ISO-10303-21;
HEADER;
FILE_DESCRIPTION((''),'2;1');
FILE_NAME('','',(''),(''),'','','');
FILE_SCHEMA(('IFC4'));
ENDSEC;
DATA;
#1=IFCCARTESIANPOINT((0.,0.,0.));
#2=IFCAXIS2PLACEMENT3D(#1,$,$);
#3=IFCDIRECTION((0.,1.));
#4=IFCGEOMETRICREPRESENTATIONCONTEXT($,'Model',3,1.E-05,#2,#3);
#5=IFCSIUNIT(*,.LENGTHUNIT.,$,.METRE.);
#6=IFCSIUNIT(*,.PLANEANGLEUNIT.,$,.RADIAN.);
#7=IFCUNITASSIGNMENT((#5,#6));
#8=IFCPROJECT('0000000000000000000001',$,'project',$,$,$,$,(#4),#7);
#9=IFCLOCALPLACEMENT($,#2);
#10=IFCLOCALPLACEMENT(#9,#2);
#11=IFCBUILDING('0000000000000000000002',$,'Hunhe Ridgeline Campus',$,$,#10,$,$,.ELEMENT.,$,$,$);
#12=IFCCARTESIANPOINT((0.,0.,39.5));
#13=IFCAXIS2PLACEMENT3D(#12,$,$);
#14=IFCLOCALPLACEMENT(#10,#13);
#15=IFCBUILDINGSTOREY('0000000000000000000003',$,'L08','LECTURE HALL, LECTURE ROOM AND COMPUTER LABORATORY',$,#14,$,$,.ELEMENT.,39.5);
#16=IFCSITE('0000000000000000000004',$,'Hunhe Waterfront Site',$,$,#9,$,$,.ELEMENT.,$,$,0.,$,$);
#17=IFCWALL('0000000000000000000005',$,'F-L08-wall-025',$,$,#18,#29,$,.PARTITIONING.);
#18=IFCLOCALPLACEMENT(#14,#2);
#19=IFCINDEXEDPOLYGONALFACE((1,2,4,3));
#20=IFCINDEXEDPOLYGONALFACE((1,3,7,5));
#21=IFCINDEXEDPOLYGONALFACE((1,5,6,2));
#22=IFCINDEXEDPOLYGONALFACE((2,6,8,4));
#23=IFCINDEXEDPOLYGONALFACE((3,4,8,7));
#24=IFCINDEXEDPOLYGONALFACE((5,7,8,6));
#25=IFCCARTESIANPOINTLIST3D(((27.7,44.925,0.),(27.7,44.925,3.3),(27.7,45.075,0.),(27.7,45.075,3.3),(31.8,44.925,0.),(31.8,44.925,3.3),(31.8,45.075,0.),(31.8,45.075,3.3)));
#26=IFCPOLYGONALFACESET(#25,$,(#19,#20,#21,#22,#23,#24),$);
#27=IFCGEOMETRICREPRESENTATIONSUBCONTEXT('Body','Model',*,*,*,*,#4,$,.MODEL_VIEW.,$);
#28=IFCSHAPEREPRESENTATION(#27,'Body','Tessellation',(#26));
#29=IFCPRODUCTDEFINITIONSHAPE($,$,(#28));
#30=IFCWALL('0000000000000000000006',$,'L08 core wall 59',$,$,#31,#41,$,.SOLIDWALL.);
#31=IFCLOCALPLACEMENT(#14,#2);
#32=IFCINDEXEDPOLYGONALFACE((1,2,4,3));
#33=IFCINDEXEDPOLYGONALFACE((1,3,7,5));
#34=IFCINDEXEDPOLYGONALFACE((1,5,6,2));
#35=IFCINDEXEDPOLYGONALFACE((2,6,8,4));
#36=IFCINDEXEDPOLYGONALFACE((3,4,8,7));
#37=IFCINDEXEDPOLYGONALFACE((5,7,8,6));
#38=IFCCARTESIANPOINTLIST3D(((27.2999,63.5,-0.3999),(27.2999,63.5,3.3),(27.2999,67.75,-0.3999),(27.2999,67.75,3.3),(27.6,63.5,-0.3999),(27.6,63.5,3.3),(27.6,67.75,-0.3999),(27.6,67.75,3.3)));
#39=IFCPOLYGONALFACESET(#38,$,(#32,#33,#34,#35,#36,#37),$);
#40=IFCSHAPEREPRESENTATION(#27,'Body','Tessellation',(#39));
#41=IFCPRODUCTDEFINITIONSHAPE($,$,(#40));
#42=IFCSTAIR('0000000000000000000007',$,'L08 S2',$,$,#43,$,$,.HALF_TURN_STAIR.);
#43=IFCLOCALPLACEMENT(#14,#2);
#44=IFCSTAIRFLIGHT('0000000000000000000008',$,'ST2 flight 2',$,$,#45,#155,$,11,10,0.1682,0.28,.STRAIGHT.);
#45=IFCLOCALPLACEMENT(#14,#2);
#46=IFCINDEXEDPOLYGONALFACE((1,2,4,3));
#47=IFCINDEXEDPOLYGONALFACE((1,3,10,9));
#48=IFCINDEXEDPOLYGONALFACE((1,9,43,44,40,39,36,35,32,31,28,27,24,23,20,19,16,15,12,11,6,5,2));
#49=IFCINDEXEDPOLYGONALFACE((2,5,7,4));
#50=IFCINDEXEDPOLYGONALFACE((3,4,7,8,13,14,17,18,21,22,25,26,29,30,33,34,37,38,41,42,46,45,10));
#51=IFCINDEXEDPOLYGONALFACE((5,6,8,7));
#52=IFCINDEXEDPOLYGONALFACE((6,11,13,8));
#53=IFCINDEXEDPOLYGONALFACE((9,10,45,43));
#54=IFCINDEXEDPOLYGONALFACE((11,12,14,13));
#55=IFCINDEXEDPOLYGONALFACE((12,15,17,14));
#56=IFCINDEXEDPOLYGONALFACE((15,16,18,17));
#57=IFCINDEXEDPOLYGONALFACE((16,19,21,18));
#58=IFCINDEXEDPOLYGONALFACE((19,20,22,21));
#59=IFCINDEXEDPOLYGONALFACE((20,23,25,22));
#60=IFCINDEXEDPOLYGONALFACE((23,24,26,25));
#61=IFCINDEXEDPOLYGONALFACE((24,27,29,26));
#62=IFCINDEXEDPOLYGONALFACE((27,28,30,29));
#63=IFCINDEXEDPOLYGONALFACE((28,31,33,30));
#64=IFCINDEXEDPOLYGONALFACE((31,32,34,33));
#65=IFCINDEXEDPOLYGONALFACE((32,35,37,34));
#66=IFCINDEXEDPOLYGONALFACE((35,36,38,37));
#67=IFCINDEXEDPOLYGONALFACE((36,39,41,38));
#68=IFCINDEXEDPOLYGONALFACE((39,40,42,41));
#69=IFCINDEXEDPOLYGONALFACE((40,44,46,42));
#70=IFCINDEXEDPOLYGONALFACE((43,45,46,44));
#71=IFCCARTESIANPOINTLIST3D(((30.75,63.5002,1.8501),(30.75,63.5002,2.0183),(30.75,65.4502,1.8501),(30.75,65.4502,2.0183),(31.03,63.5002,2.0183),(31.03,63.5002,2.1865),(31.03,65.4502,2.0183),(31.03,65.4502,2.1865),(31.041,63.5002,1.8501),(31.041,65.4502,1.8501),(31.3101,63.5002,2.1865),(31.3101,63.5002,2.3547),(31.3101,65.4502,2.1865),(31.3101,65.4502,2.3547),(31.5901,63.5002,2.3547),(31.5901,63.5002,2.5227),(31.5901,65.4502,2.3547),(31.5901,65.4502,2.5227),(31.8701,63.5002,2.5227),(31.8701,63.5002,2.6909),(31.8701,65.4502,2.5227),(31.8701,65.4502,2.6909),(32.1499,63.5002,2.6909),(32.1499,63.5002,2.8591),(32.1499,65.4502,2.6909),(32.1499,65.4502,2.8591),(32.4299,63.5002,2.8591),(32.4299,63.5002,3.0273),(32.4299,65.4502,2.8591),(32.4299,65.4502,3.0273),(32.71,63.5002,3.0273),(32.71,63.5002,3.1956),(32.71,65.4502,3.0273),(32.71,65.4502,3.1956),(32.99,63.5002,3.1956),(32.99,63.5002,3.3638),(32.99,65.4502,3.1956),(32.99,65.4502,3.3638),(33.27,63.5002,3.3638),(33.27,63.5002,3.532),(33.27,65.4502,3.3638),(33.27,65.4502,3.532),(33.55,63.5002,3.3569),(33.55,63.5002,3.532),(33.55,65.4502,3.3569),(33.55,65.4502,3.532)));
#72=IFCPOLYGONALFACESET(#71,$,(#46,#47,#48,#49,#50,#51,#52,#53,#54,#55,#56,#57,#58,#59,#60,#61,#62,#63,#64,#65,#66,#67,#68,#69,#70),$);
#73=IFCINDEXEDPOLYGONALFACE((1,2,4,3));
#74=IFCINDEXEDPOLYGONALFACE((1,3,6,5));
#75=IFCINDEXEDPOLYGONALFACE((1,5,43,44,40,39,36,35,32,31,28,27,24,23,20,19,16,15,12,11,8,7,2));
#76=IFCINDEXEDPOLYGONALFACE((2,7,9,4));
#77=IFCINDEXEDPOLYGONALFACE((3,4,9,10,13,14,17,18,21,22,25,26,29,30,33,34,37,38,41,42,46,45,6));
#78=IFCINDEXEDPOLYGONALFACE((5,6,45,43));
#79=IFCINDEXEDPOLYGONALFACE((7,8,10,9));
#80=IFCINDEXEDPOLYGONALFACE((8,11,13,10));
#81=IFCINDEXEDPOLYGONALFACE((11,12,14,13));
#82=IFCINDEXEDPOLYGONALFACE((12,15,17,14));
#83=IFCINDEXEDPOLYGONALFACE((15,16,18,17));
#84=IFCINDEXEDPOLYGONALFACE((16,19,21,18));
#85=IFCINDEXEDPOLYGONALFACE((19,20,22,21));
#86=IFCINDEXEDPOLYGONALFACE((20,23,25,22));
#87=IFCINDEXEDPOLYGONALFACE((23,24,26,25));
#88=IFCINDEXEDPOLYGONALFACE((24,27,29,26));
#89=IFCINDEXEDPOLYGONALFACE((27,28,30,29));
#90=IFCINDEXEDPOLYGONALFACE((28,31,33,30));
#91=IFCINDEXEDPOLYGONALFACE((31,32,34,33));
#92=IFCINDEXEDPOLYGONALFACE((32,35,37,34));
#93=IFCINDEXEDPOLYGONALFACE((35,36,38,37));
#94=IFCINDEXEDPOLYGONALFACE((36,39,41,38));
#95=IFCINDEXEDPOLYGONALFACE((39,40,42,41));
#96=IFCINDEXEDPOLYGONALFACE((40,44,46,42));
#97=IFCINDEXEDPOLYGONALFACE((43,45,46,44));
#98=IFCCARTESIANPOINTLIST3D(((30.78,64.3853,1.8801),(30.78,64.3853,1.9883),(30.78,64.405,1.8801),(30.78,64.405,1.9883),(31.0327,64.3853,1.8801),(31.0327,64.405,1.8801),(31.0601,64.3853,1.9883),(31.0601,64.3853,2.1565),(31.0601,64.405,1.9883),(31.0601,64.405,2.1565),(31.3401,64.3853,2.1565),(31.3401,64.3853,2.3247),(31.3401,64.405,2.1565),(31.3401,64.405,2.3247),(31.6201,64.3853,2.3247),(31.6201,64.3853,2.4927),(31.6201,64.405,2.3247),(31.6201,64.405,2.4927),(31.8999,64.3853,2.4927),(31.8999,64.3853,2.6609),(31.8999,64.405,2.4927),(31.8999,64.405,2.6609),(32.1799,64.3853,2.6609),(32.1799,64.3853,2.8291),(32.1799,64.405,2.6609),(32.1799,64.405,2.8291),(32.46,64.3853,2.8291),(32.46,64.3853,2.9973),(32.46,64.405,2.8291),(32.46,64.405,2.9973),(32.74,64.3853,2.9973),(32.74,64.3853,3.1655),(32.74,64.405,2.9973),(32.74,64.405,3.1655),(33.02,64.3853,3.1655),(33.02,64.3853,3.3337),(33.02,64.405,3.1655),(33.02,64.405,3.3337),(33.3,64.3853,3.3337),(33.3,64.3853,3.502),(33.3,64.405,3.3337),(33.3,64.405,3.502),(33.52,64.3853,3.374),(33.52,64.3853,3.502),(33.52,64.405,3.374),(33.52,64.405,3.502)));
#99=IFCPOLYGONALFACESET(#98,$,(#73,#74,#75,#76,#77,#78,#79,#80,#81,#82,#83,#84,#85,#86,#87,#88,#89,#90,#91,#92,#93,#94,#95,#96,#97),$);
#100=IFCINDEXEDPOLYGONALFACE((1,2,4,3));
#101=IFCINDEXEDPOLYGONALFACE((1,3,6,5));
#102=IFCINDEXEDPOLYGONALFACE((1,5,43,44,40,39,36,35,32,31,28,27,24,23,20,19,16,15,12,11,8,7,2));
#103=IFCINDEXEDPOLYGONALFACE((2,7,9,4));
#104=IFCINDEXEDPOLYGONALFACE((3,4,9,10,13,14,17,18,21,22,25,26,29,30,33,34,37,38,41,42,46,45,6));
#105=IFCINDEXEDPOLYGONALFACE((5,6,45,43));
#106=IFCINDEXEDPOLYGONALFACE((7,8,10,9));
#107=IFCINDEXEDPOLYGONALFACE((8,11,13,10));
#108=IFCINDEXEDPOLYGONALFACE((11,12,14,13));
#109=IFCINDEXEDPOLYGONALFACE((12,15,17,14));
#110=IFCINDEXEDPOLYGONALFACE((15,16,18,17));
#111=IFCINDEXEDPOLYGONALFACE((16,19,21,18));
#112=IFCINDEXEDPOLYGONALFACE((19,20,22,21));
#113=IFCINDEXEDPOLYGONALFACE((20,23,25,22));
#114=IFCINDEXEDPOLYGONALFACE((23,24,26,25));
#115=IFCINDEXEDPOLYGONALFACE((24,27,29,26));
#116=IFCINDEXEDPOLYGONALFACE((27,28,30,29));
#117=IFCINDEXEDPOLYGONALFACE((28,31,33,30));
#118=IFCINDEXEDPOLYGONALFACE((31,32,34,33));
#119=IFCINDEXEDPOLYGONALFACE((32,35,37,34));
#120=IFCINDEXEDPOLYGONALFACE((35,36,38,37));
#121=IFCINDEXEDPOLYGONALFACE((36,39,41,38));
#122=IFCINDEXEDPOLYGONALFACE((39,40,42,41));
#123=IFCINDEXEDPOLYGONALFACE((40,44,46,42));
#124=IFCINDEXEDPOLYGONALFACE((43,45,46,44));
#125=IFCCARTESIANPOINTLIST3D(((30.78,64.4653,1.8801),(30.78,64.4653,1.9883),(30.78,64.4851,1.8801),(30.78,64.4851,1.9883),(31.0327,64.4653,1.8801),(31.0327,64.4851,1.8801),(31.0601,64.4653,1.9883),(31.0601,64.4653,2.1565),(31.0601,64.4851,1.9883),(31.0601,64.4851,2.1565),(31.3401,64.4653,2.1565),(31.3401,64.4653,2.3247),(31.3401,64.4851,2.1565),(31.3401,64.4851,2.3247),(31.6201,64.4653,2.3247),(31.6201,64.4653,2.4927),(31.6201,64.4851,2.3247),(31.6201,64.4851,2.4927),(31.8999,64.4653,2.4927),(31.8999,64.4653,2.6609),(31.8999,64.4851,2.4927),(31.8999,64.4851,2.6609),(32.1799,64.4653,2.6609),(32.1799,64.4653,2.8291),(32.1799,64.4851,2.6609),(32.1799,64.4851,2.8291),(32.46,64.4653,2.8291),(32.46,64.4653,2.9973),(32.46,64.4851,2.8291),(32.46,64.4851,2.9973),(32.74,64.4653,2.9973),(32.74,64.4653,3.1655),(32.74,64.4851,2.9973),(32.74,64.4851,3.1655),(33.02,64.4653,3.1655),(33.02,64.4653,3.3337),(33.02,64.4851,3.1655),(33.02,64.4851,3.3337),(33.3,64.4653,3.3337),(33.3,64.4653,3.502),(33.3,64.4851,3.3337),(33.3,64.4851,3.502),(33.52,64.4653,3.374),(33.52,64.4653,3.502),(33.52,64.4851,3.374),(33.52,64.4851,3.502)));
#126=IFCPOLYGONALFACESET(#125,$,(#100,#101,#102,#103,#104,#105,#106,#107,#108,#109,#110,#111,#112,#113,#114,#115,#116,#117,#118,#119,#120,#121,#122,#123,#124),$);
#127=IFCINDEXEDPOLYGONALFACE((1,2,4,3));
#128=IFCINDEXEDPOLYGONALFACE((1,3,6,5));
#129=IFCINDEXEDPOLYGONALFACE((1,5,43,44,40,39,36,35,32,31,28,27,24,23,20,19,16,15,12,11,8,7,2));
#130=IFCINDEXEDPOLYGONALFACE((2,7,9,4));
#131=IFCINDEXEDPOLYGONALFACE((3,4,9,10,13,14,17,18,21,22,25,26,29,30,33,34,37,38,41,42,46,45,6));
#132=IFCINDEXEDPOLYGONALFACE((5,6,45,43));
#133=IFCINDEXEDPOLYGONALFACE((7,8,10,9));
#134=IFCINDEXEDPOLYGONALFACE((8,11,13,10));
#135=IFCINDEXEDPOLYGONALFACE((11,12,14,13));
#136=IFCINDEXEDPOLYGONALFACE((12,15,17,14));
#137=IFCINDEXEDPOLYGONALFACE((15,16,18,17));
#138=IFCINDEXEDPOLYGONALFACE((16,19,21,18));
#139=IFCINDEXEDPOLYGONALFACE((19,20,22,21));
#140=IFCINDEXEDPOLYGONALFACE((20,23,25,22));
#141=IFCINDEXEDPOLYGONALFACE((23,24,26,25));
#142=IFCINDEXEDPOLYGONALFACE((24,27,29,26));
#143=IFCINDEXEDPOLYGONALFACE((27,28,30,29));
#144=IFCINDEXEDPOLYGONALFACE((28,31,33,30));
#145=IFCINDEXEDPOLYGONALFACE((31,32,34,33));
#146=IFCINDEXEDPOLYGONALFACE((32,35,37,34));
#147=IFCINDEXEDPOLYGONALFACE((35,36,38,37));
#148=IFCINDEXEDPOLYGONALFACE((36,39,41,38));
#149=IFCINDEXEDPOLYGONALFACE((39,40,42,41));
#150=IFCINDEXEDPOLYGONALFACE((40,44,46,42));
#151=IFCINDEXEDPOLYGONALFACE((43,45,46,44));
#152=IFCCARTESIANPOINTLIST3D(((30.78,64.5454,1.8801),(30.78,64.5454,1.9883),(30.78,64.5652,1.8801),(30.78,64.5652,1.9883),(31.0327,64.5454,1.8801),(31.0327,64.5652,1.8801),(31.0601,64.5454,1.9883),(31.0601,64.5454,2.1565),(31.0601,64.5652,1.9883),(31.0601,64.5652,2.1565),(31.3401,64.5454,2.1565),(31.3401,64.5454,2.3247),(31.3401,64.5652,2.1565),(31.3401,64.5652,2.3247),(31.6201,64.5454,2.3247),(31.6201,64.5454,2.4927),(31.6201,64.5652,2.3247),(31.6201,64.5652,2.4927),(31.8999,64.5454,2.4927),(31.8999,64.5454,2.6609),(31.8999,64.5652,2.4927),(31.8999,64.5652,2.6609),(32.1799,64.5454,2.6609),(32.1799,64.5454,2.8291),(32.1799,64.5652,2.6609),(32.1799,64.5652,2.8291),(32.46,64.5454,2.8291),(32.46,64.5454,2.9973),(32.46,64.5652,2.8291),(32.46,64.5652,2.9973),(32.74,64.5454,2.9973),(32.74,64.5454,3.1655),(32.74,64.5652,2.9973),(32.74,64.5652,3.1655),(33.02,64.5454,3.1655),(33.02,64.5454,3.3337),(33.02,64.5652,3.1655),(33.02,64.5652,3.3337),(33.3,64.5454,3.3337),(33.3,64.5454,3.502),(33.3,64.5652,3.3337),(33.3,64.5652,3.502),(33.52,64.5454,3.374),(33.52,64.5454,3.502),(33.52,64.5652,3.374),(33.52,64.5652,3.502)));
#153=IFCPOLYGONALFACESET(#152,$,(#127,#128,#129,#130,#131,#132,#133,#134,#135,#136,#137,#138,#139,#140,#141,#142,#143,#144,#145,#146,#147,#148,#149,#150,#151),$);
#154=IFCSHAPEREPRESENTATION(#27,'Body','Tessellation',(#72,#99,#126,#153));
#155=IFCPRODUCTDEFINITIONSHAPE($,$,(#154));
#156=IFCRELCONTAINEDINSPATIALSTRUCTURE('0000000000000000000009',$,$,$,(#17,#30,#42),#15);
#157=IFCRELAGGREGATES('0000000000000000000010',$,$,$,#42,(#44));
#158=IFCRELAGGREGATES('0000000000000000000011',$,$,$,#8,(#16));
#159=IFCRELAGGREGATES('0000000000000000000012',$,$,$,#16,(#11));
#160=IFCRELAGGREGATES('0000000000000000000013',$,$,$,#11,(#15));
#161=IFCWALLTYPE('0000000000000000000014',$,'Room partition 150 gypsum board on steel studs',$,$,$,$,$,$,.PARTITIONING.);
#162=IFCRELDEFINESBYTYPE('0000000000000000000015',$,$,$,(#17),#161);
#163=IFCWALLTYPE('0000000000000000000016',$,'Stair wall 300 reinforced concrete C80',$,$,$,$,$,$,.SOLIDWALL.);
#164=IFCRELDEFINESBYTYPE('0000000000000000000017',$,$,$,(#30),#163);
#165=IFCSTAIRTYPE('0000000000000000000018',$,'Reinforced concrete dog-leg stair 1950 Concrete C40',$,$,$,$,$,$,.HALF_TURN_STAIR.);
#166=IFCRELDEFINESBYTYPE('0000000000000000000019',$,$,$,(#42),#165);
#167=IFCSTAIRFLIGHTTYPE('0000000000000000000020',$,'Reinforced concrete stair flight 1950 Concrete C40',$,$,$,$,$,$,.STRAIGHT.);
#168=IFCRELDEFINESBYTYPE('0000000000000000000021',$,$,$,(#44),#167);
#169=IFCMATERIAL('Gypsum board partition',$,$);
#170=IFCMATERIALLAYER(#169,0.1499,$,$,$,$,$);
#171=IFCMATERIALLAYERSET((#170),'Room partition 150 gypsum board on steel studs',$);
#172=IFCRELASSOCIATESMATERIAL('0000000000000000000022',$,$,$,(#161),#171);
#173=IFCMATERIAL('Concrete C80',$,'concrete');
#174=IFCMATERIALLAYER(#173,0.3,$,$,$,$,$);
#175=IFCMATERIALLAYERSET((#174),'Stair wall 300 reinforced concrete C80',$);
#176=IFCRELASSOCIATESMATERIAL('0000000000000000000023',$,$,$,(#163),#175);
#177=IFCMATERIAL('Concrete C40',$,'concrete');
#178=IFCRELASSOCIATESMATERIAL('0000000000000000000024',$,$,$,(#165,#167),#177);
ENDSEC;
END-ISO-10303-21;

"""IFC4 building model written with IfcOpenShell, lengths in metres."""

from ifc_helpers import new_model, si_unit, direction, frame, frame_2d, origin, place, context, subcontext, project, spatial, polyline, rectangle, outline, extrude, material, layer, layer_set, type_object, element, aggregate, save


model = new_model("IFC4")

# Units and contexts
model_context = context("Model", 3, precision=1e-05, world=origin(), true_north=direction((0.0, 1.0)))
body_context = subcontext(model_context, "Body", "Model", "MODEL_VIEW")
ifc_project = project(units=[si_unit("LENGTHUNIT", "METRE"), si_unit("PLANEANGLEUNIT", "RADIAN")], contexts=[model_context])

# Site, building, storey
site_placement = place(None, origin())
site = spatial("IfcSite", under=ifc_project, at=site_placement, Name="Hunhe Waterfront Site", CompositionType="ELEMENT", RefElevation=0.0)
building_placement = place(site_placement, origin())
building = spatial("IfcBuilding", under=site, at=building_placement, Name="Hunhe Ridgeline Campus", CompositionType="ELEMENT")
storey_placement = place(building_placement, frame((0.0, 0.0, 39.5)))
storey = spatial("IfcBuildingStorey", under=building, at=storey_placement, Name="L08", Description="LECTURE HALL, LECTURE ROOM AND COMPUTER LABORATORY", CompositionType="ELEMENT", Elevation=39.5)

# Shared definitions
ifc_material_1 = material(Name="Concrete C80", Category="concrete")

# Shared definitions
ifc_material_2 = material(Name="Gypsum board partition")

# Walls
ifc_layer_1 = layer(ifc_material_2, 0.1499)
ifc_layer_set_1 = layer_set([ifc_layer_1], Name="Room partition 150 gypsum board on steel studs")
wall_type_1 = type_object("IfcWallType", Name="Room partition 150 gypsum board on steel studs", PredefinedType="PARTITIONING", material=ifc_layer_set_1)
wall_1_placement = place(storey_placement, frame((27.7, 45.0, 0.0), z_axis=(0.0, 0.0, 1.0), x_axis=(1.0, 0.0, 0.0)))
element("IfcWall", 1, at=wall_1_placement, inside=storey, type_object=wall_type_1, Name="F-L08-wall-025", PredefinedType="PARTITIONING", context=body_context, shape_type="SweptSolid", body=[
    extrude(rectangle(XDim=4.1001, YDim=0.1499, at=frame_2d((2.05, 0.0))), origin(), (0.0, 0.0, 1.0), 3.3),
])
ifc_layer_2 = layer(ifc_material_1, 0.3)
ifc_layer_set_2 = layer_set([ifc_layer_2], Name="Stair wall 300 reinforced concrete C80")
wall_type_2 = type_object("IfcWallType", Name="Stair wall 300 reinforced concrete C80", PredefinedType="SOLIDWALL", material=ifc_layer_set_2)
wall_2_placement = place(storey_placement, frame((27.45, 63.5, -0.3999), z_axis=(0.0, 0.0, 1.0), x_axis=(0.0, 1.0, 0.0)))
element("IfcWall", 2, at=wall_2_placement, inside=storey, type_object=wall_type_2, Name="L08 core wall 59", PredefinedType="SOLIDWALL", context=body_context, shape_type="SweptSolid", body=[
    extrude(rectangle(XDim=4.25, YDim=0.3, at=frame_2d((2.125, 0.0))), origin(), (0.0, 0.0, 1.0), 3.7),
])

# Stair, stair flight
ifc_material_3 = material(Name="Concrete C40", Category="concrete")
stair_type = type_object("IfcStairType", Name="Reinforced concrete dog-leg stair 1950 Concrete C40", PredefinedType="HALF_TURN_STAIR", material=ifc_material_3)
stair_placement = place(storey_placement, origin())
stair = element("IfcStair", 3, at=stair_placement, inside=storey, type_object=stair_type, Name="L08 S2", PredefinedType="HALF_TURN_STAIR")
stair_flight_type = type_object("IfcStairFlightType", Name="Reinforced concrete stair flight 1950 Concrete C40", PredefinedType="STRAIGHT", material=ifc_material_3)
stair_flight_placement = place(storey_placement, frame((30.75, 64.4751, 1.8501), z_axis=(0.0, 0.0, 1.0), x_axis=(1.0, 0.0, 0.0)))
stair_flight = element("IfcStairFlight", 4, at=stair_flight_placement, type_object=stair_flight_type, Name="ST2 flight 2", NumberOfRisers=11, NumberOfTreads=10, PredefinedType="STRAIGHT", RiserHeight=0.1682, TreadLength=0.28, context=body_context, shape_type="SweptSolid", body=[
    extrude(outline(polyline([(0.0, 0.0), (0.0, 0.1682), (0.28, 0.1682), (0.28, 0.3364), (0.5601, 0.3364), (0.5601, 0.5046), (0.8401, 0.5046), (0.8401, 0.6726), (1.1201, 0.6726), (1.1201, 0.8408), (1.3999, 0.8408), (1.3999, 1.009), (1.6799, 1.009), (1.6799, 1.1772), (1.96, 1.1772), (1.96, 1.3455), (2.24, 1.3455), (2.24, 1.5137), (2.52, 1.5137), (2.52, 1.6819), (2.8, 1.6819), (2.8, 1.8501), (2.8, 1.5068), (0.291, 0.0), (0.0, 0.0)])), frame((0.0, 0.9751, 0.0), z_axis=(0.0, -1.0, 0.0), x_axis=(1.0, 0.0, 0.0)), (0.0, 0.0, 1.0), 1.95),
    extrude(outline(polyline([(0.03, 0.03), (0.03, 0.1382), (0.3101, 0.1382), (0.3101, 0.3064), (0.5901, 0.3064), (0.5901, 0.4746), (0.8701, 0.4746), (0.8701, 0.6426), (1.1499, 0.6426), (1.1499, 0.8108), (1.4299, 0.8108), (1.4299, 0.979), (1.71, 0.979), (1.71, 1.1472), (1.99, 1.1472), (1.99, 1.3154), (2.27, 1.3154), (2.27, 1.4836), (2.55, 1.4836), (2.55, 1.6519), (2.77, 1.6519), (2.77, 1.5239), (0.2827, 0.03), (0.03, 0.03)])), frame((0.0, -0.0701, 0.0), z_axis=(0.0, -1.0, 0.0), x_axis=(1.0, 0.0, 0.0)), (0.0, 0.0, 1.0), 0.0198),
    extrude(outline(polyline([(0.03, 0.03), (0.03, 0.1382), (0.3101, 0.1382), (0.3101, 0.3064), (0.5901, 0.3064), (0.5901, 0.4746), (0.8701, 0.4746), (0.8701, 0.6426), (1.1499, 0.6426), (1.1499, 0.8108), (1.4299, 0.8108), (1.4299, 0.979), (1.71, 0.979), (1.71, 1.1472), (1.99, 1.1472), (1.99, 1.3154), (2.27, 1.3154), (2.27, 1.4836), (2.55, 1.4836), (2.55, 1.6519), (2.77, 1.6519), (2.77, 1.5239), (0.2827, 0.03), (0.03, 0.03)])), frame((0.0, 0.01, 0.0), z_axis=(0.0, -1.0, 0.0), x_axis=(1.0, 0.0, 0.0)), (0.0, 0.0, 1.0), 0.0198),
    extrude(outline(polyline([(0.03, 0.03), (0.03, 0.1382), (0.3101, 0.1382), (0.3101, 0.3064), (0.5901, 0.3064), (0.5901, 0.4746), (0.8701, 0.4746), (0.8701, 0.6426), (1.1499, 0.6426), (1.1499, 0.8108), (1.4299, 0.8108), (1.4299, 0.979), (1.71, 0.979), (1.71, 1.1472), (1.99, 1.1472), (1.99, 1.3154), (2.27, 1.3154), (2.27, 1.4836), (2.55, 1.4836), (2.55, 1.6519), (2.77, 1.6519), (2.77, 1.5239), (0.2827, 0.03), (0.03, 0.03)])), frame((0.0, 0.0901, 0.0), z_axis=(0.0, -1.0, 0.0), x_axis=(1.0, 0.0, 0.0)), (0.0, 0.0, 1.0), 0.0198),
])
aggregate(stair, [stair_flight])

save(model, "model.ifc")
